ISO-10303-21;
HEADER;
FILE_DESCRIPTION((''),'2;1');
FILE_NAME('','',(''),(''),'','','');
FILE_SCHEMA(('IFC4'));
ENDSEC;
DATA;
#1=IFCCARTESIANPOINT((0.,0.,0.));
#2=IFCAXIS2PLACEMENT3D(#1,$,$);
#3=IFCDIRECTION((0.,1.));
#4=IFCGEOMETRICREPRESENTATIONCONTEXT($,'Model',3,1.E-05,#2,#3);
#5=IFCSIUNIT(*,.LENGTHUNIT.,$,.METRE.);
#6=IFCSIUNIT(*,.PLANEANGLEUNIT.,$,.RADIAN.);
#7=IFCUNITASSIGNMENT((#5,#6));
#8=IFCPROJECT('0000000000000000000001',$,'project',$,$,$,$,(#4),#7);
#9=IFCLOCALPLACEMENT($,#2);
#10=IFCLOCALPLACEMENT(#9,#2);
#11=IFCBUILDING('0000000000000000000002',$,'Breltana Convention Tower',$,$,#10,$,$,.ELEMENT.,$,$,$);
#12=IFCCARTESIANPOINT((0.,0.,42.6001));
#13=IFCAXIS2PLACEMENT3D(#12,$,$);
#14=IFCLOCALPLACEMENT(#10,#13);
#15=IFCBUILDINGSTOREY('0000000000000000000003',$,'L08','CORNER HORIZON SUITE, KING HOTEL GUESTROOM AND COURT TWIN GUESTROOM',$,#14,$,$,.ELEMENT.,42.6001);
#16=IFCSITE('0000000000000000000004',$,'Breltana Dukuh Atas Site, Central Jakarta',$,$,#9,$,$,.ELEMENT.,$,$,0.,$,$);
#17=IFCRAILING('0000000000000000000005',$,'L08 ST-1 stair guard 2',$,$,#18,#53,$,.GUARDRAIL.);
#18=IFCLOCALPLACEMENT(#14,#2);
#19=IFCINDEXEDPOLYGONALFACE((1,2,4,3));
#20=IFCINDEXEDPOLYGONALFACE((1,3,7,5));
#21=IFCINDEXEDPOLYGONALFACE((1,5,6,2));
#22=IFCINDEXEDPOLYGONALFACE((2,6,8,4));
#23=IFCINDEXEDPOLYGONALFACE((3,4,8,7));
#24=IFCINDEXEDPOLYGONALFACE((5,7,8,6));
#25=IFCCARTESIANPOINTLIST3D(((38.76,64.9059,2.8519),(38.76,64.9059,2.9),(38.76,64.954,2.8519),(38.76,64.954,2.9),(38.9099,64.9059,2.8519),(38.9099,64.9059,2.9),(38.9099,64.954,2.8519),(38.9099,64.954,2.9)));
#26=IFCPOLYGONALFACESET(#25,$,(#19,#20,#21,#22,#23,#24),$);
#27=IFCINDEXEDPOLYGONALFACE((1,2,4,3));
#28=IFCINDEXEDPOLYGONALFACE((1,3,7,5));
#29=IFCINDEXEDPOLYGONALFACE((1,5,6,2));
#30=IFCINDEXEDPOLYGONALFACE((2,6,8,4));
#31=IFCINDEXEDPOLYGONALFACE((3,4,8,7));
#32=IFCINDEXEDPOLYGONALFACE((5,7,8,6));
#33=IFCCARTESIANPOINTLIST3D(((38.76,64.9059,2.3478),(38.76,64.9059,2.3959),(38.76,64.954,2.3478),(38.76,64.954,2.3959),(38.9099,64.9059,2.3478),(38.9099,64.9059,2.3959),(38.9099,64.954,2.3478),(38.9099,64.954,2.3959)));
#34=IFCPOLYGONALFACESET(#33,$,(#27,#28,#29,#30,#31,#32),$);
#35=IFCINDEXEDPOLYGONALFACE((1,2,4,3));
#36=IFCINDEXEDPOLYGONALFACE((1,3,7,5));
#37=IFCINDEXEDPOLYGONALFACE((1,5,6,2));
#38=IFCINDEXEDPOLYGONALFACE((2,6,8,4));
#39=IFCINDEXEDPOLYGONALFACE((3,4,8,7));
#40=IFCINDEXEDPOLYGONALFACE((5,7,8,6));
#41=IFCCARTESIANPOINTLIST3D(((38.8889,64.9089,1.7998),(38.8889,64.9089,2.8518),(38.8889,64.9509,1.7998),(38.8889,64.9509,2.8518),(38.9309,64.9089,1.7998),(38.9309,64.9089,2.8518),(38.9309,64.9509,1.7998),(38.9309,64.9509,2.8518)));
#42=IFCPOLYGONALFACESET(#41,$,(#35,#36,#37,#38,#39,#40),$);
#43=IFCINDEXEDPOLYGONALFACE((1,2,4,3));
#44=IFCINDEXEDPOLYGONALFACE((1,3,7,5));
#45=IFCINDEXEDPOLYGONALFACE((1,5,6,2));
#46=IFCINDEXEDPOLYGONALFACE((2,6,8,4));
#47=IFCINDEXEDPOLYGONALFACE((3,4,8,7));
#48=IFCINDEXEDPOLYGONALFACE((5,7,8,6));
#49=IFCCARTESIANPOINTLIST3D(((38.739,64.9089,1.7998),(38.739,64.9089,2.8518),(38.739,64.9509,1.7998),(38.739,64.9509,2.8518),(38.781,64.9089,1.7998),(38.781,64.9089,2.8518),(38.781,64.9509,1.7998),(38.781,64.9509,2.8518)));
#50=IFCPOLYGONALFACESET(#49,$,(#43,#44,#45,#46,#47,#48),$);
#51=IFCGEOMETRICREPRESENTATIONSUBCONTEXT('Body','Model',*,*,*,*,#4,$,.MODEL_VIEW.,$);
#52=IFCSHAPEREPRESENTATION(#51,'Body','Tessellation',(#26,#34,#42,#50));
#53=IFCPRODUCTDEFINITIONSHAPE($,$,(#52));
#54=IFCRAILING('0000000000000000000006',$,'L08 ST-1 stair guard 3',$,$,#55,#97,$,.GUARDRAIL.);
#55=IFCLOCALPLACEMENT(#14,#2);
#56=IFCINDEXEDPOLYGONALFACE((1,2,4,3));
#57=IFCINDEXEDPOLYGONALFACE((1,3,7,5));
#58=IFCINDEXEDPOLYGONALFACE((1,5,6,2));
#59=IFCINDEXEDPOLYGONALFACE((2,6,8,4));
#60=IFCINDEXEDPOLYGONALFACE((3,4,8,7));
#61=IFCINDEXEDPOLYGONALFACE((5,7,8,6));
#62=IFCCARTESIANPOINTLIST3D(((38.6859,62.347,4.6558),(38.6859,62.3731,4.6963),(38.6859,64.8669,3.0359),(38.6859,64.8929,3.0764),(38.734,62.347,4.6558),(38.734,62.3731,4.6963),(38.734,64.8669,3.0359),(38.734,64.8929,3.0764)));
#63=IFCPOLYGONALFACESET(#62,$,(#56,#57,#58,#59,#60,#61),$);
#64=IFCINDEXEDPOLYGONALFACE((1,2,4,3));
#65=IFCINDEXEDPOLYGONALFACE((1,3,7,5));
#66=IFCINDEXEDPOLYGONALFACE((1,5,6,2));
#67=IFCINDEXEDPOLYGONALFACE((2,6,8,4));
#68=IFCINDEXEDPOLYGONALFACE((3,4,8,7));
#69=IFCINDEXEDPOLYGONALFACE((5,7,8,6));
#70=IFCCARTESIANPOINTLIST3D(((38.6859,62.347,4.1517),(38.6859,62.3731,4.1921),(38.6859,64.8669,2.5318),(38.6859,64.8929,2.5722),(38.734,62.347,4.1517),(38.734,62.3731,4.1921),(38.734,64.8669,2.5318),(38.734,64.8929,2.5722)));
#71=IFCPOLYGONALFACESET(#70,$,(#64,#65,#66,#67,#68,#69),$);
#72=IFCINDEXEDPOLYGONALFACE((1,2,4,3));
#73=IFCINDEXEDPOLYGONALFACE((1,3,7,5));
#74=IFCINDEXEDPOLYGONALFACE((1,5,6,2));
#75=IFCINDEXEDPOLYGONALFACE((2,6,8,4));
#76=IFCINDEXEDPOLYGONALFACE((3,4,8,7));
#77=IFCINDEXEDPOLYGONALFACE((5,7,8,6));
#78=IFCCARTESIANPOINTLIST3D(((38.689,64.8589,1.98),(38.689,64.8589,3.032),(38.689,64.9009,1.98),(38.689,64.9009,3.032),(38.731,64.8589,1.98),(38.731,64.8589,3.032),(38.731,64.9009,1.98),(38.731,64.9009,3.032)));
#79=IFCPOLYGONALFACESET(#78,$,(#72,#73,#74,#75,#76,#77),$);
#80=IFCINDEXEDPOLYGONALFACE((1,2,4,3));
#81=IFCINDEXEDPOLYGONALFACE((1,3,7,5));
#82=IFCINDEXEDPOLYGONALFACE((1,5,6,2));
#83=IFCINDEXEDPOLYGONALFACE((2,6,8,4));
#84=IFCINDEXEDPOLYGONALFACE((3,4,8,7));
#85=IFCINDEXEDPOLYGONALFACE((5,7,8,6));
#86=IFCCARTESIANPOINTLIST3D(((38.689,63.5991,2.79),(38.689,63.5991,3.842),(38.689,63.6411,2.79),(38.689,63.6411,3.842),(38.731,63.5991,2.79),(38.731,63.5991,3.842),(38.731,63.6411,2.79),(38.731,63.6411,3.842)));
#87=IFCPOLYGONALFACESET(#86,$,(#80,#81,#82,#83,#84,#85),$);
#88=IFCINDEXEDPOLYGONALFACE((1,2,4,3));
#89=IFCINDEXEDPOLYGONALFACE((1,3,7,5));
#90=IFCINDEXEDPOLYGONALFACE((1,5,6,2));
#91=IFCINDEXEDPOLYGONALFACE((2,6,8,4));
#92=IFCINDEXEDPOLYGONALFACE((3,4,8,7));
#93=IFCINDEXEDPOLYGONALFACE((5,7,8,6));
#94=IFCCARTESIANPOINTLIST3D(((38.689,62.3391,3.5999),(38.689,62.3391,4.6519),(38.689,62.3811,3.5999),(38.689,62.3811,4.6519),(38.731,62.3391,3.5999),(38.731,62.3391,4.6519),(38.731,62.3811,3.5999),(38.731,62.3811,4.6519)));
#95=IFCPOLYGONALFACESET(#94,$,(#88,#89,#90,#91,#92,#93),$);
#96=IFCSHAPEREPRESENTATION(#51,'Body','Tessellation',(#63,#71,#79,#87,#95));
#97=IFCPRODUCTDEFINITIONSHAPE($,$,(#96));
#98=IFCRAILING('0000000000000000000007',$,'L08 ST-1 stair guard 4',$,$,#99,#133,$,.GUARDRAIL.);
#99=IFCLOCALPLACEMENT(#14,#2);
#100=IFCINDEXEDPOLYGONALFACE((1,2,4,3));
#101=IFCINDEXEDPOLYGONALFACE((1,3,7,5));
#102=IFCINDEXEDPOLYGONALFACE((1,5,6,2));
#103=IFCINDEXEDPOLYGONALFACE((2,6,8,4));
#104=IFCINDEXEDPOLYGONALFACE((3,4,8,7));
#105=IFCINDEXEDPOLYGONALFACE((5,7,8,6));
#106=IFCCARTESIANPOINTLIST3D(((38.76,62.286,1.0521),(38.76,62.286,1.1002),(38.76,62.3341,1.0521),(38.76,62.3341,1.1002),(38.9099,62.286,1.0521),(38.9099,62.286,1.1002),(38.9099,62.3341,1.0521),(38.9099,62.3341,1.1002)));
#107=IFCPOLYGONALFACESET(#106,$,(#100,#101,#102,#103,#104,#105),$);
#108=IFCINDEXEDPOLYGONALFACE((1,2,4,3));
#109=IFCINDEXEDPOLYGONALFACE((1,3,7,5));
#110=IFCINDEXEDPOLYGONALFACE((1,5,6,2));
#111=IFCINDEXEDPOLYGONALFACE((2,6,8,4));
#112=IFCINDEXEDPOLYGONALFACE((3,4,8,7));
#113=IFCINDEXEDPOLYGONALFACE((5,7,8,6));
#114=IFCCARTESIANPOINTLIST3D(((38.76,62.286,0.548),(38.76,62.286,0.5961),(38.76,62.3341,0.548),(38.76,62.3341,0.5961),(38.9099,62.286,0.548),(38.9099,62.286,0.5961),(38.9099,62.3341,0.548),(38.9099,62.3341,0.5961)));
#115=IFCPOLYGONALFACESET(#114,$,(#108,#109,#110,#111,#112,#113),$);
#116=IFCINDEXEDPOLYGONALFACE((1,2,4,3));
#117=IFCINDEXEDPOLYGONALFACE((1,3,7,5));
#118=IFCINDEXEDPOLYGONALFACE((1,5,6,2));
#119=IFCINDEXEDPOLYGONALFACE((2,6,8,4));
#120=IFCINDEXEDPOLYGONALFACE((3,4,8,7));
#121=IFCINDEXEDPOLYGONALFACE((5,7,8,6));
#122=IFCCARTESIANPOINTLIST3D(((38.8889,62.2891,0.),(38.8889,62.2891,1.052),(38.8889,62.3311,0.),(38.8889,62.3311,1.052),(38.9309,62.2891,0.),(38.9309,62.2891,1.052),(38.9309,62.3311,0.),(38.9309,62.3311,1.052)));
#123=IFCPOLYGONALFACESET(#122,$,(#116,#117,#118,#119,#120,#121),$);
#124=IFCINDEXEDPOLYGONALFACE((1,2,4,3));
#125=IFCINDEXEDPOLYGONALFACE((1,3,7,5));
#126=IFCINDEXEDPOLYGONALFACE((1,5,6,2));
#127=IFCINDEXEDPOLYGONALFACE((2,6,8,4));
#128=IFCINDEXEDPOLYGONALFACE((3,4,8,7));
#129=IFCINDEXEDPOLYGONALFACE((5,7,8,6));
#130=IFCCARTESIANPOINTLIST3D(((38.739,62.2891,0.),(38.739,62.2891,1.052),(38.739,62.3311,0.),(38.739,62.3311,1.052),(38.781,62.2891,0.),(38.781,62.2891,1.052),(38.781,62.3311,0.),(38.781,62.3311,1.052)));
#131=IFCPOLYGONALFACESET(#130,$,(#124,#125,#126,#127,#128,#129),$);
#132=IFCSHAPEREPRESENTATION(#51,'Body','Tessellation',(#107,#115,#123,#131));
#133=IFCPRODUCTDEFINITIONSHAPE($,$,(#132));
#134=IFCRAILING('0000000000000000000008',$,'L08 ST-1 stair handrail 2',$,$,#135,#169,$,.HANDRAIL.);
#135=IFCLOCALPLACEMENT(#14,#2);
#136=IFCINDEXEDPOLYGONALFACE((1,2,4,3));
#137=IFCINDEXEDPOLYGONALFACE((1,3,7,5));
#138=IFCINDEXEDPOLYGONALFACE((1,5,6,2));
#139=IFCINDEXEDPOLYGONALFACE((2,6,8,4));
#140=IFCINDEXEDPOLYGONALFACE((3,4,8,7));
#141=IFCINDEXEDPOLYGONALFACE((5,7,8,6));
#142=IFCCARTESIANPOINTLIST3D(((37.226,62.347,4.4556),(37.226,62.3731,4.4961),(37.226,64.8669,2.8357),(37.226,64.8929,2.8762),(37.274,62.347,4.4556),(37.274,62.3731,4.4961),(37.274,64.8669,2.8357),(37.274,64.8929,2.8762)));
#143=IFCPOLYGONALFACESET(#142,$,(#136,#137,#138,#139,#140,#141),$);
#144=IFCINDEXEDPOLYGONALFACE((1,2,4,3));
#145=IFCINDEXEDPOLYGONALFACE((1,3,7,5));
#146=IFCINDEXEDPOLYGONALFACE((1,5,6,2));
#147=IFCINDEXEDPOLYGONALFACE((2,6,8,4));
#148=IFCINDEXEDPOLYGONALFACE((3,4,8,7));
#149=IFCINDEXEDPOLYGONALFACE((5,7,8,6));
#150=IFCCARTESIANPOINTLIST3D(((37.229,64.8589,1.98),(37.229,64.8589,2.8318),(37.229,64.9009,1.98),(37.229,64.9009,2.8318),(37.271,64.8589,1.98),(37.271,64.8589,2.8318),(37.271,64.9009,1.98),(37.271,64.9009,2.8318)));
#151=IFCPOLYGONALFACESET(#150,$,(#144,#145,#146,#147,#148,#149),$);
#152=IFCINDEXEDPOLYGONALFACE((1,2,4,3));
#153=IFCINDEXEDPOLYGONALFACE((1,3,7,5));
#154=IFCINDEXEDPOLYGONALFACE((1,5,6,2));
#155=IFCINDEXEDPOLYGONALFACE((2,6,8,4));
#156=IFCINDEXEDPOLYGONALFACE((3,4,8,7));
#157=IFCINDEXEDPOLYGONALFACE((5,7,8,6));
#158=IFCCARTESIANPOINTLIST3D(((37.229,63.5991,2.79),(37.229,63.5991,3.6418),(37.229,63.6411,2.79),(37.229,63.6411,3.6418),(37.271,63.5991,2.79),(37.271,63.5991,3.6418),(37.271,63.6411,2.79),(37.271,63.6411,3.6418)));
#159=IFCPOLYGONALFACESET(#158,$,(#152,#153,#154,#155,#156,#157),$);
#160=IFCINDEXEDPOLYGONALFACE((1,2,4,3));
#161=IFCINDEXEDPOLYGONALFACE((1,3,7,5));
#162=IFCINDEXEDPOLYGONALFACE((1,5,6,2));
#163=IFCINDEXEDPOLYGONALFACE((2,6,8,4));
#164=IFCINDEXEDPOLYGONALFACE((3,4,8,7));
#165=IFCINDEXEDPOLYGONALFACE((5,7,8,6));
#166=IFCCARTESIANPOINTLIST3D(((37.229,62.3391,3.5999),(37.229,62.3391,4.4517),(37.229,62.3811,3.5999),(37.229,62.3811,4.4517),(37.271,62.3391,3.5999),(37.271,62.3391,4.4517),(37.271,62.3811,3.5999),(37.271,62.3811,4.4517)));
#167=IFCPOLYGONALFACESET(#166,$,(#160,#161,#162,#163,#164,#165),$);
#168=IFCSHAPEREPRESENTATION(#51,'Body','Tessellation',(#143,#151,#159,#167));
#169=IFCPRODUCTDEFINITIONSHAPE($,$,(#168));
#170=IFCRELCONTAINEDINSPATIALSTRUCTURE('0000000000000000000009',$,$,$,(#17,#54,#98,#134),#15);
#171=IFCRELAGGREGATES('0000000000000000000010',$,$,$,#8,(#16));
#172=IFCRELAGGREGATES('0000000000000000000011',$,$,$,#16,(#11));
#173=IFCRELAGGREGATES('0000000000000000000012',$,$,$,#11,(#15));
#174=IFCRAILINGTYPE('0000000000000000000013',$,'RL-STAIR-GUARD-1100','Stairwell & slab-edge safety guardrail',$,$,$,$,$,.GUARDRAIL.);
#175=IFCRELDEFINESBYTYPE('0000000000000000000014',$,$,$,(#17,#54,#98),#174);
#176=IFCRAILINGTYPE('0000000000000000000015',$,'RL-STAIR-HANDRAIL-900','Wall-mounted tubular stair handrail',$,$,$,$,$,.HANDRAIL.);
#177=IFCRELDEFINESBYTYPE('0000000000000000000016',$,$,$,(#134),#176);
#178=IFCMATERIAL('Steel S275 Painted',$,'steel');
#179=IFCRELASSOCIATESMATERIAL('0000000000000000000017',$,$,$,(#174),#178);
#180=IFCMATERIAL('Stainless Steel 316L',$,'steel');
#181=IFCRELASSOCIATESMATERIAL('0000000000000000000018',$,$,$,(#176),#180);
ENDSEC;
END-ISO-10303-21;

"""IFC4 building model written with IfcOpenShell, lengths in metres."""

from ifc_helpers import new_model, si_unit, direction, frame, origin, origin_2d, place, context, subcontext, project, spatial, rectangle, extrude, material, type_object, element, save


model = new_model("IFC4")

# Units and contexts
model_context = context("Model", 3, precision=1e-05, world=origin(), true_north=direction((0.0, 1.0)))
body_context = subcontext(model_context, "Body", "Model", "MODEL_VIEW")
ifc_project = project(units=[si_unit("LENGTHUNIT", "METRE"), si_unit("PLANEANGLEUNIT", "RADIAN")], contexts=[model_context])

# Site, building, storey
site_placement = place(None, origin())
site = spatial("IfcSite", under=ifc_project, at=site_placement, Name="Breltana Dukuh Atas Site, Central Jakarta", CompositionType="ELEMENT", RefElevation=0.0)
building_placement = place(site_placement, origin())
building = spatial("IfcBuilding", under=site, at=building_placement, Name="Breltana Convention Tower", CompositionType="ELEMENT")
storey_placement = place(building_placement, frame((0.0, 0.0, 42.6001)))
storey = spatial("IfcBuildingStorey", under=building, at=storey_placement, Name="L08", Description="CORNER HORIZON SUITE, KING HOTEL GUESTROOM AND COURT TWIN GUESTROOM", CompositionType="ELEMENT", Elevation=42.6001)

# Railings
ifc_material_1 = material(Name="Steel S275 Painted", Category="steel")
railing_type_1 = type_object("IfcRailingType", Name="RL-STAIR-GUARD-1100", Description="Stairwell & slab-edge safety guardrail", PredefinedType="GUARDRAIL", material=ifc_material_1)
railing_1_placement = place(storey_placement, frame((38.9099, 64.9299, 1.7998)))
element("IfcRailing", 1, at=railing_1_placement, inside=storey, type_object=railing_type_1, Name="L08 ST-1 stair guard 2", PredefinedType="GUARDRAIL", context=body_context, shape_type="SweptSolid", body=[
    extrude(rectangle(XDim=0.0481, YDim=0.0481, at=origin_2d()), frame((0.0, 0.0, 1.0762), z_axis=(-1.0, 0.0, 0.0), x_axis=(0.0, -1.0, 0.0)), (0.0, 0.0, 1.0), 0.1499),
    extrude(rectangle(XDim=0.0481, YDim=0.0481, at=origin_2d()), frame((0.0, 0.0, 0.572), z_axis=(-1.0, 0.0, 0.0), x_axis=(0.0, -1.0, 0.0)), (0.0, 0.0, 1.0), 0.1499),
    extrude(rectangle(XDim=0.042, YDim=0.042, at=origin_2d()), origin(), (0.0, 0.0, 1.0), 1.052),
    extrude(rectangle(XDim=0.042, YDim=0.042, at=origin_2d()), frame((-0.1499, 0.0, 0.0)), (0.0, 0.0, 1.0), 1.052),
])
railing_2_placement = place(storey_placement, frame((38.71, 64.8799, 1.98)))
element("IfcRailing", 2, at=railing_2_placement, inside=storey, type_object=railing_type_1, Name="L08 ST-1 stair guard 3", PredefinedType="GUARDRAIL", context=body_context, shape_type="SweptSolid", body=[
    extrude(rectangle(XDim=0.0481, YDim=0.0481, at=origin_2d()), frame((0.0, 0.0, 1.0762), z_axis=(0.0, -0.841176, 0.540762), x_axis=(1.0, 0.0, 0.0)), (0.0, 0.0, 1.0), 2.9956),
    extrude(rectangle(XDim=0.0481, YDim=0.0481, at=origin_2d()), frame((0.0, 0.0, 0.572), z_axis=(0.0, -0.841176, 0.540762), x_axis=(1.0, 0.0, 0.0)), (0.0, 0.0, 1.0), 2.9956),
    extrude(rectangle(XDim=0.042, YDim=0.042, at=origin_2d()), origin(), (0.0, 0.0, 1.0), 1.052),
    extrude(rectangle(XDim=0.042, YDim=0.042, at=origin_2d()), frame((0.0, -1.2598, 0.8101)), (0.0, 0.0, 1.0), 1.052),
    extrude(rectangle(XDim=0.042, YDim=0.042, at=origin_2d()), frame((0.0, -2.5198, 1.6199)), (0.0, 0.0, 1.0), 1.052),
])
railing_3_placement = place(storey_placement, frame((38.9099, 62.3101, 0.0)))
element("IfcRailing", 3, at=railing_3_placement, inside=storey, type_object=railing_type_1, Name="L08 ST-1 stair guard 4", PredefinedType="GUARDRAIL", context=body_context, shape_type="SweptSolid", body=[
    extrude(rectangle(XDim=0.0481, YDim=0.0481, at=origin_2d()), frame((0.0, 0.0, 1.0762), z_axis=(-1.0, 0.0, 0.0), x_axis=(0.0, -1.0, 0.0)), (0.0, 0.0, 1.0), 0.1499),
    extrude(rectangle(XDim=0.0481, YDim=0.0481, at=origin_2d()), frame((0.0, 0.0, 0.572), z_axis=(-1.0, 0.0, 0.0), x_axis=(0.0, -1.0, 0.0)), (0.0, 0.0, 1.0), 0.1499),
    extrude(rectangle(XDim=0.042, YDim=0.042, at=origin_2d()), origin(), (0.0, 0.0, 1.0), 1.052),
    extrude(rectangle(XDim=0.042, YDim=0.042, at=origin_2d()), frame((-0.1499, 0.0, 0.0)), (0.0, 0.0, 1.0), 1.052),
])
ifc_material_2 = material(Name="Stainless Steel 316L", Category="steel")
railing_type_2 = type_object("IfcRailingType", Name="RL-STAIR-HANDRAIL-900", Description="Wall-mounted tubular stair handrail", PredefinedType="HANDRAIL", material=ifc_material_2)
railing_4_placement = place(storey_placement, frame((37.25, 64.8799, 1.98)))
element("IfcRailing", 4, at=railing_4_placement, inside=storey, type_object=railing_type_2, Name="L08 ST-1 stair handrail 2", PredefinedType="HANDRAIL", context=body_context, shape_type="SweptSolid", body=[
    extrude(rectangle(XDim=0.0481, YDim=0.0481, at=origin_2d()), frame((0.0, 0.0, 0.876), z_axis=(0.0, -0.841176, 0.540762), x_axis=(1.0, 0.0, 0.0)), (0.0, 0.0, 1.0), 2.9956),
    extrude(rectangle(XDim=0.042, YDim=0.042, at=origin_2d()), origin(), (0.0, 0.0, 1.0), 0.8518),
    extrude(rectangle(XDim=0.042, YDim=0.042, at=origin_2d()), frame((0.0, -1.2598, 0.8101)), (0.0, 0.0, 1.0), 0.8518),
    extrude(rectangle(XDim=0.042, YDim=0.042, at=origin_2d()), frame((0.0, -2.5198, 1.6199)), (0.0, 0.0, 1.0), 0.8518),
])

save(model, "model.ifc")
